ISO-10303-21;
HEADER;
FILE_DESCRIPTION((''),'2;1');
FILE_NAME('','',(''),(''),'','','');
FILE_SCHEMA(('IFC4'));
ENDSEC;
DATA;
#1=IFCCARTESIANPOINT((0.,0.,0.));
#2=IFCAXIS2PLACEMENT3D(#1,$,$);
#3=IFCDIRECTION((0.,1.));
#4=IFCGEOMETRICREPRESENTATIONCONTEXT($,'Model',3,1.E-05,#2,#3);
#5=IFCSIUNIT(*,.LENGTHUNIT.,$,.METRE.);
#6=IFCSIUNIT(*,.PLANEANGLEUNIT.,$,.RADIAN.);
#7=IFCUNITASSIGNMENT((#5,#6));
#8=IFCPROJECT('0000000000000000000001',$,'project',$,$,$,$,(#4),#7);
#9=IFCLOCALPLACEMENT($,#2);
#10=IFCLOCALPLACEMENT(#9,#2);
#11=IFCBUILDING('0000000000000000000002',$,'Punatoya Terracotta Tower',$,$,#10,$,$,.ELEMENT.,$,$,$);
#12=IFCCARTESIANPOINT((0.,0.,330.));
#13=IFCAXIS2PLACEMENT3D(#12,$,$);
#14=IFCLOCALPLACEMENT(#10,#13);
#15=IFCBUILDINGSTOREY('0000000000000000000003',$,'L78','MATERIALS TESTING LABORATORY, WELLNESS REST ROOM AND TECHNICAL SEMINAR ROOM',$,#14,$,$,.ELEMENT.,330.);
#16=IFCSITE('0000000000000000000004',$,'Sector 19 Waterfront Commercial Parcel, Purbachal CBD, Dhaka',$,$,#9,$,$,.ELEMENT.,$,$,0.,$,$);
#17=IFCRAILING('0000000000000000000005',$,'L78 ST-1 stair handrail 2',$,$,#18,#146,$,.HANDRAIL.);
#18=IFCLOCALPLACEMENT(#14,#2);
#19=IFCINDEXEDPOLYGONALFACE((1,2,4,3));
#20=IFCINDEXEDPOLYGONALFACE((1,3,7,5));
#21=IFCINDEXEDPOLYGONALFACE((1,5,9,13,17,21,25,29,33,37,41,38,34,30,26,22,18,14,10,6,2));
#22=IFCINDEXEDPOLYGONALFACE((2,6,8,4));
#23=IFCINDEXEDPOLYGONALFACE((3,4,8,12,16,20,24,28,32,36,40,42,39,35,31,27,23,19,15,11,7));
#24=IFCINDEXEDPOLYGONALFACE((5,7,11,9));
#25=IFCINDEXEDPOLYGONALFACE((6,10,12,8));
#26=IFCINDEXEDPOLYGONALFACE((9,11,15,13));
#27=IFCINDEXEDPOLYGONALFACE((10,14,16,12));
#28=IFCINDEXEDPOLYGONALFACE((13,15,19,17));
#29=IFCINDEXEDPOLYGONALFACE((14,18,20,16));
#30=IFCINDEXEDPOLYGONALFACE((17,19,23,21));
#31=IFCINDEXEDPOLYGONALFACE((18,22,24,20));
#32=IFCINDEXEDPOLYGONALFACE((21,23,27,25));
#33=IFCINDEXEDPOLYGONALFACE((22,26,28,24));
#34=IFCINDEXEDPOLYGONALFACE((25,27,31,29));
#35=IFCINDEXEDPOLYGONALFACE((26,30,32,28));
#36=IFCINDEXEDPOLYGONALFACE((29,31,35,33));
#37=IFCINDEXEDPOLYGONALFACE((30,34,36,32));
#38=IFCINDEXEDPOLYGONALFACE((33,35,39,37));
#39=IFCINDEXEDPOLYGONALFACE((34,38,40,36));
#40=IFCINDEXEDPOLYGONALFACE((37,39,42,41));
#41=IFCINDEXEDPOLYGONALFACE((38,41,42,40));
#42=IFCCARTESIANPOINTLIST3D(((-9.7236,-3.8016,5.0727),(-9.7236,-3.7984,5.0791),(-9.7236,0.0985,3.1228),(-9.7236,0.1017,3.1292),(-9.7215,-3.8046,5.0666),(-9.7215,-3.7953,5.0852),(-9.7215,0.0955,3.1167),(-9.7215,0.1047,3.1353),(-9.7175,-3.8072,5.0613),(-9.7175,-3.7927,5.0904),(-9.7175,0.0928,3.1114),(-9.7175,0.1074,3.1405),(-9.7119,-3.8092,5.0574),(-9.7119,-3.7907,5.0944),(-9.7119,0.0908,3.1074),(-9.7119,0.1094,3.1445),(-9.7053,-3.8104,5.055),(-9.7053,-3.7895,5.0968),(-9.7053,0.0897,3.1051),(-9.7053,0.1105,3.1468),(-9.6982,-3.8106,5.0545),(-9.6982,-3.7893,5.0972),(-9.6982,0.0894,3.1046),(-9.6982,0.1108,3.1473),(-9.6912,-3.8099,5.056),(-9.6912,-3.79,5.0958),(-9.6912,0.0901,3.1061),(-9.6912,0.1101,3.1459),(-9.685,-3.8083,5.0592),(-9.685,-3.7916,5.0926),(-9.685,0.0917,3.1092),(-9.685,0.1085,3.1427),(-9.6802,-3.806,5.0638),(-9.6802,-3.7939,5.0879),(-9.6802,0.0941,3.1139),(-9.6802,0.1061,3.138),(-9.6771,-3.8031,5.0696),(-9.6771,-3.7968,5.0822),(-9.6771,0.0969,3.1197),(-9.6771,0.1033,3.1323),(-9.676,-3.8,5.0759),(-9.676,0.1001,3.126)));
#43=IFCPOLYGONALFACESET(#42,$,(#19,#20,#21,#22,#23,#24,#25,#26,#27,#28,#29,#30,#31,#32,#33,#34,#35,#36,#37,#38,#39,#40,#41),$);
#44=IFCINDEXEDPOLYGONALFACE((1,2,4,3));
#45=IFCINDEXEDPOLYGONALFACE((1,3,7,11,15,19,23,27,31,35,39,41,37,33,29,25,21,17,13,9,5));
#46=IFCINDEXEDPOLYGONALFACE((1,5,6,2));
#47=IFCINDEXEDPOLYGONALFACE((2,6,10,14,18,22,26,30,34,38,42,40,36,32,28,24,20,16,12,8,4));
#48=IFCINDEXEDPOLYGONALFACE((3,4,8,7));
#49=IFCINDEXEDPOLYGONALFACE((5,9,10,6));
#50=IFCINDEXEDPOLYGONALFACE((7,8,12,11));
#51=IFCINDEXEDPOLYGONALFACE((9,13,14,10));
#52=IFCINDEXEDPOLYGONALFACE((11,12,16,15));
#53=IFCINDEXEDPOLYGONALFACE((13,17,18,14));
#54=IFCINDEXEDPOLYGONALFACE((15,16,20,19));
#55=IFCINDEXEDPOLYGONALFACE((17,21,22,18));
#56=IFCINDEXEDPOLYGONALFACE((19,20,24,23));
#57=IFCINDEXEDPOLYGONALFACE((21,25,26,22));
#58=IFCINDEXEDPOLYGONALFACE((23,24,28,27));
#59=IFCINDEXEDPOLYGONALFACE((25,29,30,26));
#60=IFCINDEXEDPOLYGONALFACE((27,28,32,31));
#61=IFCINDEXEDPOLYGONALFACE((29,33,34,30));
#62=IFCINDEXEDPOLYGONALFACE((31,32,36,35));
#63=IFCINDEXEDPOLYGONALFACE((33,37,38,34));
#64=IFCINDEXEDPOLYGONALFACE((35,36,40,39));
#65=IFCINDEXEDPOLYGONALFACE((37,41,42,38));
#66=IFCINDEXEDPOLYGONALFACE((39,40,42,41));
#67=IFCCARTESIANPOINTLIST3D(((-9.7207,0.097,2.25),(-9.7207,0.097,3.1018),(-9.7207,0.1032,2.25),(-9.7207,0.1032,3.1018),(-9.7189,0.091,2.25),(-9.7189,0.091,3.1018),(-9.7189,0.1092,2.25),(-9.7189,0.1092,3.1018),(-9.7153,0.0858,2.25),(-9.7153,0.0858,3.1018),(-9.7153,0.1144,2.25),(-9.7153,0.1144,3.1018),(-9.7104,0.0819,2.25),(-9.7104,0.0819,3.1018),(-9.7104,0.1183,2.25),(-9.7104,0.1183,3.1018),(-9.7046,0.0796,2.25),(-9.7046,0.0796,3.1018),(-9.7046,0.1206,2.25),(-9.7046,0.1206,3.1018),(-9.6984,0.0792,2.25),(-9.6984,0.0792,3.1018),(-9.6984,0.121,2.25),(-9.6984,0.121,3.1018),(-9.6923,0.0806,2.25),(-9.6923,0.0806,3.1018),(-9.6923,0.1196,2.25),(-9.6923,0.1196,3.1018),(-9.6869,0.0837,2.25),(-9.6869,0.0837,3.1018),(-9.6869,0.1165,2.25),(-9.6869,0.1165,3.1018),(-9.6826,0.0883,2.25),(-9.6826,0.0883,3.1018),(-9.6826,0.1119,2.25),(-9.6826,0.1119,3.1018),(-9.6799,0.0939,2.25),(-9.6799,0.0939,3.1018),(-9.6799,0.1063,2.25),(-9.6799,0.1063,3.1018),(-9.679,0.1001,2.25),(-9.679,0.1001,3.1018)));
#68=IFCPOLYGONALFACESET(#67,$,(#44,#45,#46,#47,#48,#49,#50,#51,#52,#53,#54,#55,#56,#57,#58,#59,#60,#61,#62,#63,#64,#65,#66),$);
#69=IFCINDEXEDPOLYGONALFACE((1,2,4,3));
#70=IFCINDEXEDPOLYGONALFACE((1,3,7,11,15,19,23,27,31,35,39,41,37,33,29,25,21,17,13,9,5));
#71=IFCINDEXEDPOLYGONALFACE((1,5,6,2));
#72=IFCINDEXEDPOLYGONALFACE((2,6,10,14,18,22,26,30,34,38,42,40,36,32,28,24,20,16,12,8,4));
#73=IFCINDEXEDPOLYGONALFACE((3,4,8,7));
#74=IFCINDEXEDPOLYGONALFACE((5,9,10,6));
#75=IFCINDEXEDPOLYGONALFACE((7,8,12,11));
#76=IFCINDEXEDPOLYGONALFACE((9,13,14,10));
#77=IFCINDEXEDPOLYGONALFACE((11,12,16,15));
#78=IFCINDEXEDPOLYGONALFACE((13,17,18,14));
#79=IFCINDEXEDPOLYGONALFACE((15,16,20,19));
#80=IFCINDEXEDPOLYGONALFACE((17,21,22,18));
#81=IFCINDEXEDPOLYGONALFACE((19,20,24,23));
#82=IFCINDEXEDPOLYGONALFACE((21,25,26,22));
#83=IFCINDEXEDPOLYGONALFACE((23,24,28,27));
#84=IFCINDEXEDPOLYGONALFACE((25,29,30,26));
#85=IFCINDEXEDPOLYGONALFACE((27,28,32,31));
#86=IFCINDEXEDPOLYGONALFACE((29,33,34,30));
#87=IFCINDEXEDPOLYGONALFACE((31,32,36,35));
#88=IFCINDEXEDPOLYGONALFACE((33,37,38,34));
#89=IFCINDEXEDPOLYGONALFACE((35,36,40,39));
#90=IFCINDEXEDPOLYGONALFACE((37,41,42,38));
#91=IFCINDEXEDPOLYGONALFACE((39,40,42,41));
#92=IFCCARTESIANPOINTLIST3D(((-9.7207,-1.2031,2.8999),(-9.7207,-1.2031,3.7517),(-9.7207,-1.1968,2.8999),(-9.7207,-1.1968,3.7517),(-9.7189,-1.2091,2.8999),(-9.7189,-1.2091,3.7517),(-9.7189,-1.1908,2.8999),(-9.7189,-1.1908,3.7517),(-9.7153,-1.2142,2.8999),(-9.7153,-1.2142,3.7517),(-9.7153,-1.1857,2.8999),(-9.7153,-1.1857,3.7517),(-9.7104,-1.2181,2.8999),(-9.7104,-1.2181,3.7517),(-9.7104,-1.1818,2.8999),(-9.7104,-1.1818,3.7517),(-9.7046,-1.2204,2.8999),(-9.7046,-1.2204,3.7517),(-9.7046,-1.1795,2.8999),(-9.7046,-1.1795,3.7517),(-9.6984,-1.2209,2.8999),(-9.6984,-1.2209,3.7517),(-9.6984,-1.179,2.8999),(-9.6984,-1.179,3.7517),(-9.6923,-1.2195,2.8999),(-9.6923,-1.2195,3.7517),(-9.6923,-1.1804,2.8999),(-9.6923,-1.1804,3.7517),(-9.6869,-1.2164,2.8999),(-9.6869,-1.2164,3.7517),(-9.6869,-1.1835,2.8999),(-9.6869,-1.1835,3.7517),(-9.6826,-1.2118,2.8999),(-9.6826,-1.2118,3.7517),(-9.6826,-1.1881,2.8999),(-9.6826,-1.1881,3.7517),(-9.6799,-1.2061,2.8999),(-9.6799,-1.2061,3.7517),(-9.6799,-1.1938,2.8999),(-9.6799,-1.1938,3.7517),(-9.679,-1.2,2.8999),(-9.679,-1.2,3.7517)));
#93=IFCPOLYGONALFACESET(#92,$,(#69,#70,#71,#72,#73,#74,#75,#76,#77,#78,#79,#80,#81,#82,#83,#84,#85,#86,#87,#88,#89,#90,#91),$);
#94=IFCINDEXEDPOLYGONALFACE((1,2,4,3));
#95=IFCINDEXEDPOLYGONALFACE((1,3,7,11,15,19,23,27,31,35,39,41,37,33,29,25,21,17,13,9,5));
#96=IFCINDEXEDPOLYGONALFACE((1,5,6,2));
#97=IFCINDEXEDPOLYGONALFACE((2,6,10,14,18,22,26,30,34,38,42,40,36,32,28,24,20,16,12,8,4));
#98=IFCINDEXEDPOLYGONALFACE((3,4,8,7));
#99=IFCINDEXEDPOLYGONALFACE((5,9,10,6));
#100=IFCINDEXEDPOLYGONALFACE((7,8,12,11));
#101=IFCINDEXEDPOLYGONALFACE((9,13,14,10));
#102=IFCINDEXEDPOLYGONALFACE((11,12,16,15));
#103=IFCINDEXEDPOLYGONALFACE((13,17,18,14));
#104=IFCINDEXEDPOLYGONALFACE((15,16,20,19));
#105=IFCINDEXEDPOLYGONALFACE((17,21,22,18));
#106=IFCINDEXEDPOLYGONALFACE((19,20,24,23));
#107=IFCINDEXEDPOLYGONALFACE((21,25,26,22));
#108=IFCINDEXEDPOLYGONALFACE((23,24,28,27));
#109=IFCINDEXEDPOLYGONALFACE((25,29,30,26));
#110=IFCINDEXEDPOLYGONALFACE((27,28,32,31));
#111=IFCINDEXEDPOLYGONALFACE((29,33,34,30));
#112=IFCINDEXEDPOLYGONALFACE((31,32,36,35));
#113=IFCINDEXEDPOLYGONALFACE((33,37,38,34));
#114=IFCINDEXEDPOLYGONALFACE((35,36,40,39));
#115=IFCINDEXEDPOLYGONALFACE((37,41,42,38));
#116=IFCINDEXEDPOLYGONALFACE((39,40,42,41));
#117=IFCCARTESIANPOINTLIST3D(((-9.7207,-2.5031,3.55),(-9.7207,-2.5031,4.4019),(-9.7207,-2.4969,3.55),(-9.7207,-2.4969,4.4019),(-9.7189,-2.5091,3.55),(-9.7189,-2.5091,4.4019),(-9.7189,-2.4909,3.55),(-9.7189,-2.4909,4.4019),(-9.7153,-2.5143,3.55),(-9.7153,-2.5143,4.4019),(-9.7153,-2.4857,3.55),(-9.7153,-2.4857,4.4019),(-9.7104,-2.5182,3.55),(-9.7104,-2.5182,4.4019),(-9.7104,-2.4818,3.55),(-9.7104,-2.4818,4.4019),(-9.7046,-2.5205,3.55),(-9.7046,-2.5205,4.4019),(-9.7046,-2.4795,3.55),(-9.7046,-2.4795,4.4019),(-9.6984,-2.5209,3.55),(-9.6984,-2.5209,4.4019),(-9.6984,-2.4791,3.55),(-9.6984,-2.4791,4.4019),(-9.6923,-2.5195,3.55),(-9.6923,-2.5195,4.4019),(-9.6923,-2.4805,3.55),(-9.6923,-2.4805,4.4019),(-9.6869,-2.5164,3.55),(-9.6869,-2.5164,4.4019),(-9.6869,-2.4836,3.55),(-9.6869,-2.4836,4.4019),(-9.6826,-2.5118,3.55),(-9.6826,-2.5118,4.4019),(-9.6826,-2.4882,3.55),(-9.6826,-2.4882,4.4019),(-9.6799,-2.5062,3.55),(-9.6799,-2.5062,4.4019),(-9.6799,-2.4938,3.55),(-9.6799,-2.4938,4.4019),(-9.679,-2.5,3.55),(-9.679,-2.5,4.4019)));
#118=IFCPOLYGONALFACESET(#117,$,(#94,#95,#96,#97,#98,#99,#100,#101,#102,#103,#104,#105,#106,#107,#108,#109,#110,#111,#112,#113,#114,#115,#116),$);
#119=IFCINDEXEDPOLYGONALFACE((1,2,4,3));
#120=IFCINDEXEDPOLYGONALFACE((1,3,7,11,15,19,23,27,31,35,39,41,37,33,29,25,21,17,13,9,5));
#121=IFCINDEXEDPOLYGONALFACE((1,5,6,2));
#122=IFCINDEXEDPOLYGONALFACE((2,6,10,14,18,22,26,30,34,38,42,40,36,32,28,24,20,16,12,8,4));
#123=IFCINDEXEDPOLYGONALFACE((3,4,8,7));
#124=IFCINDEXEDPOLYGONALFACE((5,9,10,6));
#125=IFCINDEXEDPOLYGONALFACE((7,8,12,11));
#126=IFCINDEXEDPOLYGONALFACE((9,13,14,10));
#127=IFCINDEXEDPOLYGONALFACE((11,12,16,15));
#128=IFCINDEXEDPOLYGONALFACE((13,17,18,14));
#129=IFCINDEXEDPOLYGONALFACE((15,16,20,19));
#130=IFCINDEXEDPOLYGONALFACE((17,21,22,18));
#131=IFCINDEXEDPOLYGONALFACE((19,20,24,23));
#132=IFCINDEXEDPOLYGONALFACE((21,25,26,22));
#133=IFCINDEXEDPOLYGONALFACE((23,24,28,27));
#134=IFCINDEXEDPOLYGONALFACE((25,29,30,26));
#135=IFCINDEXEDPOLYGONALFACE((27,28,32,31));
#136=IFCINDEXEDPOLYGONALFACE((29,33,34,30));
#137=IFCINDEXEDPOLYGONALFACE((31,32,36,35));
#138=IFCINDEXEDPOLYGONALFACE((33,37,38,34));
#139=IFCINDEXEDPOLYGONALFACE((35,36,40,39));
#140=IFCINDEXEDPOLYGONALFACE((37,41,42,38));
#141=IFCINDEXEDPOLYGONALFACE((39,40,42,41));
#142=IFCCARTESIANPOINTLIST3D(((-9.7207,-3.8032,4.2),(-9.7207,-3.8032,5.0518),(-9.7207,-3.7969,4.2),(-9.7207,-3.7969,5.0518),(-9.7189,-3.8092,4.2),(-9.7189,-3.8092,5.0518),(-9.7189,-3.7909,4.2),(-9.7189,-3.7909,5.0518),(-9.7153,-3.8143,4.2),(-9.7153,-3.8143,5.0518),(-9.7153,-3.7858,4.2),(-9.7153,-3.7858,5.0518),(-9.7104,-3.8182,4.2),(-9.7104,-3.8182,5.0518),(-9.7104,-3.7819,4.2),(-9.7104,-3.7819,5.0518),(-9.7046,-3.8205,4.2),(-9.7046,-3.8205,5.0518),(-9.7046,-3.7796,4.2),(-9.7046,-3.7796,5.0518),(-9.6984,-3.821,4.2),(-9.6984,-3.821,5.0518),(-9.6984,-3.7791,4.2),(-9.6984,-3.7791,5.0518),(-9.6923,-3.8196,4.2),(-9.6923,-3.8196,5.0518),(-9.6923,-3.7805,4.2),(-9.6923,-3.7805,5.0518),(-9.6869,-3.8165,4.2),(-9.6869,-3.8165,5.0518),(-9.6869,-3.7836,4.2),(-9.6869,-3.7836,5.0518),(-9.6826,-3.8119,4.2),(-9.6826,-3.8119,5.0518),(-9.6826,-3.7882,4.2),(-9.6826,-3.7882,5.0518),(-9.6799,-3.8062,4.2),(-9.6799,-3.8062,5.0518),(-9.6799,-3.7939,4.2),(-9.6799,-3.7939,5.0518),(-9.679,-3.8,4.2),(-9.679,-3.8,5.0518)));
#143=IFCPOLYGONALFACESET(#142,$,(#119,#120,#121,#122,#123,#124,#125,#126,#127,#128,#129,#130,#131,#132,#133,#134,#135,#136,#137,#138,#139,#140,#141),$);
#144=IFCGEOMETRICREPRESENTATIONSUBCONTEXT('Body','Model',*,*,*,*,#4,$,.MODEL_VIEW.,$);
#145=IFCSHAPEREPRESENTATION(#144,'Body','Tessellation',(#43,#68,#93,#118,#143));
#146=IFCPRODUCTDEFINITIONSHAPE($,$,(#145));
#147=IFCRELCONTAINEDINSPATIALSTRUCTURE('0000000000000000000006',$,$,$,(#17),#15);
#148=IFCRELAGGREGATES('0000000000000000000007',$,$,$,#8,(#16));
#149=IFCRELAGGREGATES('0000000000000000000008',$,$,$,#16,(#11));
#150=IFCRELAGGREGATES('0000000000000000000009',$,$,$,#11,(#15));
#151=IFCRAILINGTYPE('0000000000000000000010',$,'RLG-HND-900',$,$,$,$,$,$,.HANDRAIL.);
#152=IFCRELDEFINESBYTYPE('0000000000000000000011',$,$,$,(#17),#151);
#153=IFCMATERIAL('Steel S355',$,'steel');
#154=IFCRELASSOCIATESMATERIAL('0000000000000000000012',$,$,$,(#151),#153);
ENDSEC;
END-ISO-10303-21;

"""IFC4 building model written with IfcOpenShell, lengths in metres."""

from ifc_helpers import new_model, si_unit, direction, frame, origin, origin_2d, place, context, subcontext, project, spatial, circle, extrude, material, type_object, element, save


model = new_model("IFC4")

# Units and contexts
model_context = context("Model", 3, precision=1e-05, world=origin(), true_north=direction((0.0, 1.0)))
body_context = subcontext(model_context, "Body", "Model", "MODEL_VIEW")
ifc_project = project(units=[si_unit("LENGTHUNIT", "METRE"), si_unit("PLANEANGLEUNIT", "RADIAN")], contexts=[model_context])

# Site, building, storey
site_placement = place(None, origin())
site = spatial("IfcSite", under=ifc_project, at=site_placement, Name="Sector 19 Waterfront Commercial Parcel, Purbachal CBD, Dhaka", CompositionType="ELEMENT", RefElevation=0.0)
building_placement = place(site_placement, origin())
building = spatial("IfcBuilding", under=site, at=building_placement, Name="Punatoya Terracotta Tower", CompositionType="ELEMENT")
storey_placement = place(building_placement, frame((0.0, 0.0, 330.0)))
storey = spatial("IfcBuildingStorey", under=building, at=storey_placement, Name="L78", Description="MATERIALS TESTING LABORATORY, WELLNESS REST ROOM AND TECHNICAL SEMINAR ROOM", CompositionType="ELEMENT", Elevation=330.0)

# Shared definitions
ifc_material_1 = material(Name="Steel S355", Category="steel")

# Railing
railing_type_1 = type_object("IfcRailingType", Name="RLG-HND-900", PredefinedType="HANDRAIL", material=ifc_material_1)
railing_1_placement = place(storey_placement, frame((-9.7, 0.1001, 2.25)))
element("IfcRailing", 1, at=railing_1_placement, inside=storey, type_object=railing_type_1, Name="L78 ST-1 stair handrail 2", PredefinedType="HANDRAIL", context=body_context, shape_type="SweptSolid", body=[
    extrude(circle(Radius=0.0239, at=origin_2d()), frame((0.0, 0.0, 0.876), z_axis=(0.0, -0.894438, 0.447191), x_axis=(1.0, 0.0, 0.0)), (0.0, 0.0, 1.0), 4.3604),
    extrude(circle(Radius=0.021, at=origin_2d()), origin(), (0.0, 0.0, 1.0), 0.8518),
    extrude(circle(Radius=0.021, at=origin_2d()), frame((0.0, -1.3, 0.6499)), (0.0, 0.0, 1.0), 0.8518),
    extrude(circle(Radius=0.021, at=origin_2d()), frame((0.0, -2.6001, 1.3)), (0.0, 0.0, 1.0), 0.8518),
    extrude(circle(Radius=0.021, at=origin_2d()), frame((0.0, -3.9001, 1.95)), (0.0, 0.0, 1.0), 0.8518),
])

save(model, "model.ifc")
